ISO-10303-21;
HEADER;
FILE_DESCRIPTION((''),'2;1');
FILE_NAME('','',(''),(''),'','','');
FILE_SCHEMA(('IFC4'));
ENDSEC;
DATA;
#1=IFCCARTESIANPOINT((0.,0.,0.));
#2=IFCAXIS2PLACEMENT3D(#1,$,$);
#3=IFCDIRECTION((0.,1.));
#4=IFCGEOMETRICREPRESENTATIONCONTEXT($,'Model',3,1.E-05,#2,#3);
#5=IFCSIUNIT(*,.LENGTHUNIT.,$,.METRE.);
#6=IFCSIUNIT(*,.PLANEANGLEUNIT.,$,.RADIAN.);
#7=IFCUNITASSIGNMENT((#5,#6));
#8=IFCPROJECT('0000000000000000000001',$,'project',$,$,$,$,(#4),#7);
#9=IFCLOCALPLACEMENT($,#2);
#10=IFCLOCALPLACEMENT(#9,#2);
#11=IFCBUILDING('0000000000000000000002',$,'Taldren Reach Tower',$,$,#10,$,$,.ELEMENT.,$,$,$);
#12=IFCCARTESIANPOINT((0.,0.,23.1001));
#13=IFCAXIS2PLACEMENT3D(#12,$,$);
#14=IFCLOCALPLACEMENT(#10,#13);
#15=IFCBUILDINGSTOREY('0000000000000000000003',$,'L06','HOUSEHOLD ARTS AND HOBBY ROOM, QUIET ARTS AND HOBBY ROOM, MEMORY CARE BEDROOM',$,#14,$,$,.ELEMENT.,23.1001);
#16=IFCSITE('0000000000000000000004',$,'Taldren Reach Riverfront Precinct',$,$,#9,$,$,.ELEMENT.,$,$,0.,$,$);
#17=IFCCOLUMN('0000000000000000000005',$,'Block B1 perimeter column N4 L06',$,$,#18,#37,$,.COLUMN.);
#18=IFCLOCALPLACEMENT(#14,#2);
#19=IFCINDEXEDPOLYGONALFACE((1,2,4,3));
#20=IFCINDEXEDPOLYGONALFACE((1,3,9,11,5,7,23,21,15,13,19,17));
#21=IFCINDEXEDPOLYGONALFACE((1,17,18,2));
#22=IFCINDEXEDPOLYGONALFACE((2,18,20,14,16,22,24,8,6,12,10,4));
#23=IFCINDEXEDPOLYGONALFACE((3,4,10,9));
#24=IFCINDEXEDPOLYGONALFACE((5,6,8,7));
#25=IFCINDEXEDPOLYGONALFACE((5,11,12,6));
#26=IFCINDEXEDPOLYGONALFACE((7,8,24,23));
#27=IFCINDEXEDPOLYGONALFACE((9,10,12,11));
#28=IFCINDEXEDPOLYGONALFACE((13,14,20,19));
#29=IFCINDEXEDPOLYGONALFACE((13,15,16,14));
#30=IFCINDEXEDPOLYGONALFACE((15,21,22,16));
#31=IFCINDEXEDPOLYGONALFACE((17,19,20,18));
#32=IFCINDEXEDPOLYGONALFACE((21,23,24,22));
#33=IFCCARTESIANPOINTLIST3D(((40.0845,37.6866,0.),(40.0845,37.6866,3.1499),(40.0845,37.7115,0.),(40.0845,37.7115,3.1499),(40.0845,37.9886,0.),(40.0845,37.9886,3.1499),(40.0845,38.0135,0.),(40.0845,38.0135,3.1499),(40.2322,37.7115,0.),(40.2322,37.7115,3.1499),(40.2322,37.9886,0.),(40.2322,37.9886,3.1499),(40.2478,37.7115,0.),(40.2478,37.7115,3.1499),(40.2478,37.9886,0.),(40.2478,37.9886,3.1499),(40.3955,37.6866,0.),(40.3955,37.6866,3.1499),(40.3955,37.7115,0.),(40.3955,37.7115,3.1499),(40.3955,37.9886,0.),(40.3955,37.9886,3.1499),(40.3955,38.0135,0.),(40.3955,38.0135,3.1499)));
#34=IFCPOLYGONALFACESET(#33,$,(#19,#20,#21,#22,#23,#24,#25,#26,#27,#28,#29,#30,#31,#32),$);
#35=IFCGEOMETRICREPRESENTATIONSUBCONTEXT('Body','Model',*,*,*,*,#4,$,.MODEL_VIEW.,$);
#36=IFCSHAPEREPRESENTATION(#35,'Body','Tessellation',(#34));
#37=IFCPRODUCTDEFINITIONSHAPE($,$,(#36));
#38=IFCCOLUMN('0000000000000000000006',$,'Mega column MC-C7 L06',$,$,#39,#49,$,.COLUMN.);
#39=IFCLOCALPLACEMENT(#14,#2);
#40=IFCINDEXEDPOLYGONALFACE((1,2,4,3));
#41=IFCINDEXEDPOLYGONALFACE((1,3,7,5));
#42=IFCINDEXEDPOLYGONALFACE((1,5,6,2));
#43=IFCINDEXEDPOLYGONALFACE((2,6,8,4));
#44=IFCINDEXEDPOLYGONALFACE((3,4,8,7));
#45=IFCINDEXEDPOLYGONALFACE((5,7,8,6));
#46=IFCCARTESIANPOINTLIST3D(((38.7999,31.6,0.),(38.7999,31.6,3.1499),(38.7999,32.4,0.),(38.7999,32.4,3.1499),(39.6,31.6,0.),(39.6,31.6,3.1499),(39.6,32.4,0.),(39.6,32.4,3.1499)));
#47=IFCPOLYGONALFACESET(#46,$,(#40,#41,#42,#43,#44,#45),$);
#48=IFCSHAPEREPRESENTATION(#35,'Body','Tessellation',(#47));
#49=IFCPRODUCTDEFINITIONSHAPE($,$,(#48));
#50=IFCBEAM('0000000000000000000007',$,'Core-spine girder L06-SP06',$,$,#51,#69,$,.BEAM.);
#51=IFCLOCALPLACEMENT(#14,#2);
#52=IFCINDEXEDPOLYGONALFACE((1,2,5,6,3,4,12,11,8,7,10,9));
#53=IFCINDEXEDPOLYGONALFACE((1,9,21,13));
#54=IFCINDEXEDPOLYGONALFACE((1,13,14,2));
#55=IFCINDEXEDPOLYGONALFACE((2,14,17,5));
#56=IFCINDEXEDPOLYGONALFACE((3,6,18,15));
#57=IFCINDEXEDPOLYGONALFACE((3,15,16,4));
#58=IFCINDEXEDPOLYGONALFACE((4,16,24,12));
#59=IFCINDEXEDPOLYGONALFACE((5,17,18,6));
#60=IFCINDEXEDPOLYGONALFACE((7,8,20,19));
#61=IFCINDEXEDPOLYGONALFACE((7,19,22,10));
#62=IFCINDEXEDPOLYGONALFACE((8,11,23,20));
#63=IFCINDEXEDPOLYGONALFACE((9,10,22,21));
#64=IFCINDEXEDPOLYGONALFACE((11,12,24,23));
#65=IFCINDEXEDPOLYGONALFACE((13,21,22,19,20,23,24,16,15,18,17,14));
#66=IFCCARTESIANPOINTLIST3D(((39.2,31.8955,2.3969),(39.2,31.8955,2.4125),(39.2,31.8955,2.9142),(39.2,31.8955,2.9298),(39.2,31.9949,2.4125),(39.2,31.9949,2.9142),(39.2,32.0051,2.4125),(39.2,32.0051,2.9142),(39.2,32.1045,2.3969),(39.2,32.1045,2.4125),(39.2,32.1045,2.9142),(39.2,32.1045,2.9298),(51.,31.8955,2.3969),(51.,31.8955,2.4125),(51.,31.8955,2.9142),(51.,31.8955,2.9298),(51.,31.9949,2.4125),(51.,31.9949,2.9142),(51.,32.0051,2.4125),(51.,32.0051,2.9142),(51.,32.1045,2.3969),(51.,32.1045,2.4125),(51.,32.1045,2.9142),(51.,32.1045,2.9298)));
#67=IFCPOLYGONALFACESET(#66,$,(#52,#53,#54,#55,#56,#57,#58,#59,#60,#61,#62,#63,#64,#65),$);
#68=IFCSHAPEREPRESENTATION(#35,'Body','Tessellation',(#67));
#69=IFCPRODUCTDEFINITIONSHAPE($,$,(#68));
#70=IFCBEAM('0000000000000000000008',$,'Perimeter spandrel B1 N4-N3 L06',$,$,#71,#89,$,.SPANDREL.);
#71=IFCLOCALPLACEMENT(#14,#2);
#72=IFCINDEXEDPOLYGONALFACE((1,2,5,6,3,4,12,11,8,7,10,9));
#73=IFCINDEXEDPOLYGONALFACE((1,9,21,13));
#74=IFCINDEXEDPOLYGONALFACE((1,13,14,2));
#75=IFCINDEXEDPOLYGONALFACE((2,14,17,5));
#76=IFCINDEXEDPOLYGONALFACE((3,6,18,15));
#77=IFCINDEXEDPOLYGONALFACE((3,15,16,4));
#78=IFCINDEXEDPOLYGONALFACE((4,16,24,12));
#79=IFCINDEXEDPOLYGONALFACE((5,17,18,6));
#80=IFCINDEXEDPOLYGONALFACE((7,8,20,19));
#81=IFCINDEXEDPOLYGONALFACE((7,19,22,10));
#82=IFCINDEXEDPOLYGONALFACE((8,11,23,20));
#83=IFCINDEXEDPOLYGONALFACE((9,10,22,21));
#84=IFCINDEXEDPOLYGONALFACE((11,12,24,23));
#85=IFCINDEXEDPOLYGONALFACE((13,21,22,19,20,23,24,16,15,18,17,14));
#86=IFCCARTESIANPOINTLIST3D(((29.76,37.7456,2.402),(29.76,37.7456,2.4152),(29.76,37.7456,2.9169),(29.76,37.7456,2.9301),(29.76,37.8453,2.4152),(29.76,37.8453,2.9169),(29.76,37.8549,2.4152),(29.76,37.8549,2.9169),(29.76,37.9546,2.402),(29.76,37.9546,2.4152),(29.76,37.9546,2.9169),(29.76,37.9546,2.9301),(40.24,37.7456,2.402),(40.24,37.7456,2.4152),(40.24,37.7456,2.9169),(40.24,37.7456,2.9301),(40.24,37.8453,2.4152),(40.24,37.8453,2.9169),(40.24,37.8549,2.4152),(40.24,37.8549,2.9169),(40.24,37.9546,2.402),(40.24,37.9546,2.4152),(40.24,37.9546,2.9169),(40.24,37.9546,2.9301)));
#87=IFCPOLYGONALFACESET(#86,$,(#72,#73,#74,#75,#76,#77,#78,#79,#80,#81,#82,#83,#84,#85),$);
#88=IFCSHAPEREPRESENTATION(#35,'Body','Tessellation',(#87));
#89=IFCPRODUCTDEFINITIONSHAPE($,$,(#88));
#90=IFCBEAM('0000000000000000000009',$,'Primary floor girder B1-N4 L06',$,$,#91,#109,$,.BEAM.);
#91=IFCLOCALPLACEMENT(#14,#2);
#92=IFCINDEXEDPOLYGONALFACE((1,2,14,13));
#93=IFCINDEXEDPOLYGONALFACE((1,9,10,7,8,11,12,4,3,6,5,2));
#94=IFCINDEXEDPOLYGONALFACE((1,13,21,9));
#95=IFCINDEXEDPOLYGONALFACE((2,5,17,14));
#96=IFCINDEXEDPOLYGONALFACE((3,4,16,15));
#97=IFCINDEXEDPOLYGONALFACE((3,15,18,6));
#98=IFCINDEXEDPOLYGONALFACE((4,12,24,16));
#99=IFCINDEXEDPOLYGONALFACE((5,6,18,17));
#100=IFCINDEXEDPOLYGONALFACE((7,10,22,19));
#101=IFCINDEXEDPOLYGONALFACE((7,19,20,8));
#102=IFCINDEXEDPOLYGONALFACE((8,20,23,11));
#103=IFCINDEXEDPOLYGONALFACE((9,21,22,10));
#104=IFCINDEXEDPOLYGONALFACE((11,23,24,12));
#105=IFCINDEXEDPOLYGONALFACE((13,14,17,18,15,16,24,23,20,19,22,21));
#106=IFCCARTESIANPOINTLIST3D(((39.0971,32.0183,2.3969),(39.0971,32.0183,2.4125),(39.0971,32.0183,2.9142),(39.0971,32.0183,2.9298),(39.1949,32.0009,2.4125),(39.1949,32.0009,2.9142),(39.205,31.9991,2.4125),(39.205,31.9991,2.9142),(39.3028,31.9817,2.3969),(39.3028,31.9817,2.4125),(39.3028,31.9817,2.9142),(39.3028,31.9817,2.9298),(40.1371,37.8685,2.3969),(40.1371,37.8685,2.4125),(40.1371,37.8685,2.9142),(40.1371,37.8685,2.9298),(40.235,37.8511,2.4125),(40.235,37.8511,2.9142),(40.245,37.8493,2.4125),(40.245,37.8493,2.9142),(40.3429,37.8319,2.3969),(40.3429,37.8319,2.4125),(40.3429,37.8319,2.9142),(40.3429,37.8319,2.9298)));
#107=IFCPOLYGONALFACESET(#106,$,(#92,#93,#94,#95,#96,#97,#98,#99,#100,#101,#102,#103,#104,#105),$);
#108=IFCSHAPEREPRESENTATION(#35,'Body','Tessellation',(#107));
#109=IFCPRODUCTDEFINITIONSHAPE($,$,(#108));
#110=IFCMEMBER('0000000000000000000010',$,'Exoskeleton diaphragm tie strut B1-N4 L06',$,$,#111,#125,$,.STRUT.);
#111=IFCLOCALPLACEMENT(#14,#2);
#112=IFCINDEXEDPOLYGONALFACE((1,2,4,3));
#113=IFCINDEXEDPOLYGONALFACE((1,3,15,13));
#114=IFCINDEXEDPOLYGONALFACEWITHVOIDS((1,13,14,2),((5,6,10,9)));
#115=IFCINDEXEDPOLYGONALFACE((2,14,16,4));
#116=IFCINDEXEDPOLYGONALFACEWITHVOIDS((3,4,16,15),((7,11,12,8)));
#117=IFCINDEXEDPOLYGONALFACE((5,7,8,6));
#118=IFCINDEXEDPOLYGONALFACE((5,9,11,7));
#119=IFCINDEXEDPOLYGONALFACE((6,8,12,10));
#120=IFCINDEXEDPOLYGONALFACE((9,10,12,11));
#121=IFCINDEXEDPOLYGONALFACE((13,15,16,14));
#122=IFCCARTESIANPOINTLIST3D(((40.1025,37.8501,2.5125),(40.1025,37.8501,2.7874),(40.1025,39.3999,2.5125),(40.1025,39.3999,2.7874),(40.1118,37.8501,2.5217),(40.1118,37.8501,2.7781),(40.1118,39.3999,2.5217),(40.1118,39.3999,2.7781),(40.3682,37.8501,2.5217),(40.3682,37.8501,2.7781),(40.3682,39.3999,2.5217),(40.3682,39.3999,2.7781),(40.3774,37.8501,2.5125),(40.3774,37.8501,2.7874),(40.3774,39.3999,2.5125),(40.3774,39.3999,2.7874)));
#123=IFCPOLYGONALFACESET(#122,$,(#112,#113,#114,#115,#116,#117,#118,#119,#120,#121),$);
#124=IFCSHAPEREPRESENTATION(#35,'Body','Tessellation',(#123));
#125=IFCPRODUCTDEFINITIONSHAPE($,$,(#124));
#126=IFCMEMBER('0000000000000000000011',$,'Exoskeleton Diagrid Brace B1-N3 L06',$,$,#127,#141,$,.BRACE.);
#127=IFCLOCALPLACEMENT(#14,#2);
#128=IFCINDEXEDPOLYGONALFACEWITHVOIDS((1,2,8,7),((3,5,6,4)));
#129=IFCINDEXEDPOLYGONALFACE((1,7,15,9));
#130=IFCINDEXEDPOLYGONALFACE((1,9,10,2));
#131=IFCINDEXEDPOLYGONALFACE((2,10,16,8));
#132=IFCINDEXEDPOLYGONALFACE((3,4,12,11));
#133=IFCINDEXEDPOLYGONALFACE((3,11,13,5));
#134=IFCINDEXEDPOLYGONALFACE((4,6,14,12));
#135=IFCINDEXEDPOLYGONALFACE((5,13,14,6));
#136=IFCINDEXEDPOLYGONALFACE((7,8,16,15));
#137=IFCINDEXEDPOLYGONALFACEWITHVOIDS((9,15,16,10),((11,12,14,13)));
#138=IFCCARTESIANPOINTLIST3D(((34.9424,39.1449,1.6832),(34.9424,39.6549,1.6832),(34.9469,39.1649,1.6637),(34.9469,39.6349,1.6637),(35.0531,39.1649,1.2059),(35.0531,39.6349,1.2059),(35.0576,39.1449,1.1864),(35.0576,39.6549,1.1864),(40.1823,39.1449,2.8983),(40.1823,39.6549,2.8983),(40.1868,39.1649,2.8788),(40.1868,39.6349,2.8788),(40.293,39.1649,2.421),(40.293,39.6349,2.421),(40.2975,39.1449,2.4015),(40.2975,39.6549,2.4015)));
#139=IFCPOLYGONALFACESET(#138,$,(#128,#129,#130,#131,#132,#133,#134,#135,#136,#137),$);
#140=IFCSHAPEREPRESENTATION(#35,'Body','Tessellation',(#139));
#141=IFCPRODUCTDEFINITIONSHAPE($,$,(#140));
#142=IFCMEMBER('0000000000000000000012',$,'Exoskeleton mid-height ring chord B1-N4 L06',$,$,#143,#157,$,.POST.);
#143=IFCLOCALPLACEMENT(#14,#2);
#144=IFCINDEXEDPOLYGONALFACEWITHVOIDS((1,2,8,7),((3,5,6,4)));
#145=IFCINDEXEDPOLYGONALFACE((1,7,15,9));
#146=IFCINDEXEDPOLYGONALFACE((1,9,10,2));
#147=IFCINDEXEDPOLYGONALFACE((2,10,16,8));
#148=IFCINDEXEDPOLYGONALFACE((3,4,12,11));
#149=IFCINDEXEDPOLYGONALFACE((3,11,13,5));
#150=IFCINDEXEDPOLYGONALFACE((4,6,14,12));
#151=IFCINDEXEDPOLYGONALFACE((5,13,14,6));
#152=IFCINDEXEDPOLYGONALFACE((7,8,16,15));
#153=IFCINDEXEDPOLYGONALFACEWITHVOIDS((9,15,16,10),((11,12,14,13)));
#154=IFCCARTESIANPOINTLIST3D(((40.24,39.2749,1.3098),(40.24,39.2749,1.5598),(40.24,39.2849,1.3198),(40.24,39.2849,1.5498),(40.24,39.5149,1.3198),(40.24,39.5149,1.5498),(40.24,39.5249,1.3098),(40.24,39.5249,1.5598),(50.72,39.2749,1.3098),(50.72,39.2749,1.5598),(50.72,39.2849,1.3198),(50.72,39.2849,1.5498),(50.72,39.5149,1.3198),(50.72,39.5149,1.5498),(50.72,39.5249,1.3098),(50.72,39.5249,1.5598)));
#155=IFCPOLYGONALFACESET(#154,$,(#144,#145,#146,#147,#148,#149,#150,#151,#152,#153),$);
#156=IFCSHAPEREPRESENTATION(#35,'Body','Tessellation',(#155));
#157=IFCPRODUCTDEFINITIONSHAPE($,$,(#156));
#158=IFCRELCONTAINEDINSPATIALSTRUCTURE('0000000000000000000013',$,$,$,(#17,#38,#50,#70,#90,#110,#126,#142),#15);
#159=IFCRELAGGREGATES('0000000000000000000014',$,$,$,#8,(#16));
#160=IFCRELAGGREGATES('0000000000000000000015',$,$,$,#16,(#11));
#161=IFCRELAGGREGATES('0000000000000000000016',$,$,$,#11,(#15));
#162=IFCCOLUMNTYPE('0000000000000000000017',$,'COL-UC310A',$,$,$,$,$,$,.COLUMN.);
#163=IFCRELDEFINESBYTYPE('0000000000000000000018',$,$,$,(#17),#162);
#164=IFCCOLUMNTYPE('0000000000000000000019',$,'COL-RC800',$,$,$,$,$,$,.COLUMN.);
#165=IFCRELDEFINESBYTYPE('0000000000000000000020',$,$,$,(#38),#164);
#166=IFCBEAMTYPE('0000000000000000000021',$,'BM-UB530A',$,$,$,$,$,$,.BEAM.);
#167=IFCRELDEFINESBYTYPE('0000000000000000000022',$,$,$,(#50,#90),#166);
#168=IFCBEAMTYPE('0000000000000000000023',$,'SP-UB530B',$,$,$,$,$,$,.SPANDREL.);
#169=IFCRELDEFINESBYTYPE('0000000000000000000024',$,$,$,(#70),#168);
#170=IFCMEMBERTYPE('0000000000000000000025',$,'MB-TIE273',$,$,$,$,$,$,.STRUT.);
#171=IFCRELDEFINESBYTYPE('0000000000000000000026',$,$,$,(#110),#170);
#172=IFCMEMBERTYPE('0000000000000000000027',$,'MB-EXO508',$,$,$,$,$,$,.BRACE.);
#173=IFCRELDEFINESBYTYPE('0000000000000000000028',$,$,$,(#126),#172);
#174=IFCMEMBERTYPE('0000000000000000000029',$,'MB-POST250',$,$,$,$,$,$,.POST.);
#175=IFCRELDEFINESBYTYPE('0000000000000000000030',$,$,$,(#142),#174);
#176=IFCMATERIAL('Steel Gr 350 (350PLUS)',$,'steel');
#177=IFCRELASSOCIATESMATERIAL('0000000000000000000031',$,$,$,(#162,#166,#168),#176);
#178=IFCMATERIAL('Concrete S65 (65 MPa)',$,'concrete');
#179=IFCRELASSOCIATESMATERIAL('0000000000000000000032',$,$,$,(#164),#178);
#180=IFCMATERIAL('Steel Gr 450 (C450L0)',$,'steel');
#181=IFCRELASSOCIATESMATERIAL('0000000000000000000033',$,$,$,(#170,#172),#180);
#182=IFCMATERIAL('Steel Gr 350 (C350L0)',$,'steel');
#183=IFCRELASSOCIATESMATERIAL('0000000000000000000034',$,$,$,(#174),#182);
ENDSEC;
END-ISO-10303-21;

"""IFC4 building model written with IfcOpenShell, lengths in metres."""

from ifc_helpers import new_model, si_unit, direction, frame, origin, origin_2d, place, context, subcontext, project, spatial, rectangle, hollow_rectangle, i_section, extrude, source, transform, mapped, material, material_profile, profile_set, type_object, element, save


model = new_model("IFC4")

# Units and contexts
model_context = context("Model", 3, precision=1e-05, world=origin(), true_north=direction((0.0, 1.0)))
body_context = subcontext(model_context, "Body", "Model", "MODEL_VIEW")
ifc_project = project(units=[si_unit("LENGTHUNIT", "METRE"), si_unit("PLANEANGLEUNIT", "RADIAN")], contexts=[model_context])

# Site, building, storey
site_placement = place(None, origin())
site = spatial("IfcSite", under=ifc_project, at=site_placement, Name="Taldren Reach Riverfront Precinct", CompositionType="ELEMENT", RefElevation=0.0)
building_placement = place(site_placement, origin())
building = spatial("IfcBuilding", under=site, at=building_placement, Name="Taldren Reach Tower", CompositionType="ELEMENT")
storey_placement = place(building_placement, frame((0.0, 0.0, 23.1001)))
storey = spatial("IfcBuildingStorey", under=building, at=storey_placement, Name="L06", Description="HOUSEHOLD ARTS AND HOBBY ROOM, QUIET ARTS AND HOBBY ROOM, MEMORY CARE BEDROOM", CompositionType="ELEMENT", Elevation=23.1001)

# Columns
ifc_material_1 = material(Name="Steel Gr 350 (350PLUS)", Category="steel")
ifc_material_profile_1 = material_profile(ifc_material_1, i_section(OverallWidth=0.311, OverallDepth=0.3269, WebThickness=0.0156, FlangeThickness=0.0249, at=origin_2d()), Name="310UC158")
ifc_profile_set_1 = profile_set([ifc_material_profile_1], Name="Steel Gr 350 (350PLUS)")
column_type_1 = type_object("IfcColumnType", Name="COL-UC310A", PredefinedType="COLUMN", material=ifc_profile_set_1)
shared_shape_1 = source(origin(), body_context, "Body", "SweptSolid", [
    extrude(i_section(OverallWidth=0.311, OverallDepth=0.3269, WebThickness=0.0156, FlangeThickness=0.0249, at=origin_2d()), origin(), (0.0, 0.0, 1.0), 3.1499),
])
column_1_placement = place(storey_placement, frame((40.24, 37.8501, 0.0), z_axis=(0.0, 0.0, 1.0), x_axis=(1.0, 0.0, 0.0)))
element("IfcColumn", 1, at=column_1_placement, inside=storey, type_object=column_type_1, Name="Block B1 perimeter column N4 L06", PredefinedType="COLUMN", context=body_context, shape_type="MappedRepresentation", body=[
    mapped(shared_shape_1, transform((0.0, 0.0, 0.0), scale=1.0)),
])
ifc_material_2 = material(Name="Concrete S65 (65 MPa)", Category="concrete")
ifc_material_profile_2 = material_profile(ifc_material_2, rectangle(XDim=0.8, YDim=0.8, at=origin_2d()), Name="RC-800x800")
ifc_profile_set_2 = profile_set([ifc_material_profile_2], Name="Concrete S65 (65 MPa)")
column_type_2 = type_object("IfcColumnType", Name="COL-RC800", PredefinedType="COLUMN", material=ifc_profile_set_2)
shared_shape_2 = source(origin(), body_context, "Body", "SweptSolid", [
    extrude(rectangle(XDim=0.8, YDim=0.8, at=origin_2d()), origin(), (0.0, 0.0, 1.0), 3.1499),
])
column_2_placement = place(storey_placement, frame((39.2, 32.0, 0.0), z_axis=(0.0, 0.0, 1.0), x_axis=(1.0, 0.0, 0.0)))
element("IfcColumn", 2, at=column_2_placement, inside=storey, type_object=column_type_2, Name="Mega column MC-C7 L06", PredefinedType="COLUMN", context=body_context, shape_type="MappedRepresentation", body=[
    mapped(shared_shape_2, transform((0.0, 0.0, 0.0), scale=1.0)),
])

# Beams
ifc_material_profile_3 = material_profile(ifc_material_1, i_section(OverallWidth=0.209, OverallDepth=0.533, WebThickness=0.0103, FlangeThickness=0.0156, at=origin_2d()), Name="530UB92.4")
ifc_profile_set_3 = profile_set([ifc_material_profile_3], Name="Steel Gr 350 (350PLUS)")
beam_type_1 = type_object("IfcBeamType", Name="BM-UB530A", PredefinedType="BEAM", material=ifc_profile_set_3)
shared_shape_3 = source(origin(), body_context, "Body", "SweptSolid", [
    extrude(i_section(OverallWidth=0.209, OverallDepth=0.533, WebThickness=0.0103, FlangeThickness=0.0156, at=origin_2d()), origin(), (0.0, 0.0, 1.0), 11.8),
])
beam_1_placement = place(storey_placement, frame((39.2, 32.0, 2.6633), z_axis=(1.0, 0.0, 0.0), x_axis=(0.0, 1.0, 0.0)))
element("IfcBeam", 3, at=beam_1_placement, inside=storey, type_object=beam_type_1, Name="Core-spine girder L06-SP06", PredefinedType="BEAM", context=body_context, shape_type="MappedRepresentation", body=[
    mapped(shared_shape_3, transform((0.0, 0.0, 0.0), scale=1.0)),
])
ifc_material_profile_4 = material_profile(ifc_material_1, i_section(OverallWidth=0.209, OverallDepth=0.5281, WebThickness=0.0095, FlangeThickness=0.0132, at=origin_2d()), Name="530UB82.0")
ifc_profile_set_4 = profile_set([ifc_material_profile_4], Name="Steel Gr 350 (350PLUS)")
beam_type_2 = type_object("IfcBeamType", Name="SP-UB530B", PredefinedType="SPANDREL", material=ifc_profile_set_4)
shared_shape_4 = source(origin(), body_context, "Body", "SweptSolid", [
    extrude(i_section(OverallWidth=0.209, OverallDepth=0.5281, WebThickness=0.0095, FlangeThickness=0.0132, at=origin_2d()), origin(), (0.0, 0.0, 1.0), 10.48),
])
beam_2_placement = place(storey_placement, frame((40.24, 37.8501, 2.666), z_axis=(-1.0, 0.0, 0.0), x_axis=(0.0, -1.0, 0.0)))
element("IfcBeam", 4, at=beam_2_placement, inside=storey, type_object=beam_type_2, Name="Perimeter spandrel B1 N4-N3 L06", PredefinedType="SPANDREL", context=body_context, shape_type="MappedRepresentation", body=[
    mapped(shared_shape_4, transform((0.0, 0.0, 0.0), scale=1.0)),
])
shared_shape_5 = source(origin(), body_context, "Body", "SweptSolid", [
    extrude(i_section(OverallWidth=0.209, OverallDepth=0.533, WebThickness=0.0103, FlangeThickness=0.0156, at=origin_2d()), origin(), (0.0, 0.0, 1.0), 5.9419),
])
beam_3_placement = place(storey_placement, frame((39.2, 32.0, 2.6633), z_axis=(0.175037, 0.984562, 0.0), x_axis=(-0.984562, 0.175037, 0.0)))
element("IfcBeam", 5, at=beam_3_placement, inside=storey, type_object=beam_type_1, Name="Primary floor girder B1-N4 L06", PredefinedType="BEAM", context=body_context, shape_type="MappedRepresentation", body=[
    mapped(shared_shape_5, transform((0.0, 0.0, 0.0), scale=1.0)),
])

# Members
ifc_material_3 = material(Name="Steel Gr 450 (C450L0)", Category="steel")
ifc_material_profile_5 = material_profile(ifc_material_3, hollow_rectangle(XDim=0.2749, YDim=0.2749, WallThickness=0.0093, at=origin_2d()), Name="275x275x9.3SHS")
ifc_profile_set_5 = profile_set([ifc_material_profile_5], Name="Steel Gr 450 (C450L0)")
member_type_1 = type_object("IfcMemberType", Name="MB-TIE273", PredefinedType="STRUT", material=ifc_profile_set_5)
shared_shape_6 = source(origin(), body_context, "Body", "SweptSolid", [
    extrude(hollow_rectangle(XDim=0.2749, YDim=0.2749, WallThickness=0.0093, at=origin_2d()), origin(), (0.0, 0.0, 1.0), 1.5498),
])
member_1_placement = place(storey_placement, frame((40.24, 37.8501, 2.6499), z_axis=(0.0, 1.0, 0.0), x_axis=(-1.0, 0.0, 0.0)))
element("IfcMember", 6, at=member_1_placement, inside=storey, type_object=member_type_1, Name="Exoskeleton diaphragm tie strut B1-N4 L06", PredefinedType="STRUT", context=body_context, shape_type="MappedRepresentation", body=[
    mapped(shared_shape_6, transform((0.0, 0.0, 0.0), scale=1.0)),
])
ifc_material_profile_6 = material_profile(ifc_material_3, hollow_rectangle(XDim=0.51, YDim=0.51, WallThickness=0.02, at=origin_2d()), Name="510x510x20.0SHS")
ifc_profile_set_6 = profile_set([ifc_material_profile_6], Name="Steel Gr 450 (C450L0)")
member_type_2 = type_object("IfcMemberType", Name="MB-EXO508", PredefinedType="BRACE", material=ifc_profile_set_6)
shared_shape_7 = source(origin(), body_context, "Body", "SweptSolid", [
    extrude(hollow_rectangle(XDim=0.51, YDim=0.51, WallThickness=0.02, at=origin_2d()), origin(), (0.0, 0.0, 1.0), 5.3789),
])
member_2_placement = place(storey_placement, frame((35.0, 39.3999, 1.4348), z_axis=(0.974152, 0.0, 0.225894), x_axis=(0.0, 1.0, 0.0)))
element("IfcMember", 7, at=member_2_placement, inside=storey, type_object=member_type_2, Name="Exoskeleton Diagrid Brace B1-N3 L06", PredefinedType="BRACE", context=body_context, shape_type="MappedRepresentation", body=[
    mapped(shared_shape_7, transform((0.0, 0.0, 0.0), scale=1.0)),
])
ifc_material_4 = material(Name="Steel Gr 350 (C350L0)", Category="steel")
ifc_material_profile_7 = material_profile(ifc_material_4, hollow_rectangle(XDim=0.25, YDim=0.25, WallThickness=0.01, at=origin_2d()), Name="250x250x10.0SHS")
ifc_profile_set_7 = profile_set([ifc_material_profile_7], Name="Steel Gr 350 (C350L0)")
member_type_3 = type_object("IfcMemberType", Name="MB-POST250", PredefinedType="POST", material=ifc_profile_set_7)
shared_shape_8 = source(origin(), body_context, "Body", "SweptSolid", [
    extrude(hollow_rectangle(XDim=0.25, YDim=0.25, WallThickness=0.01, at=origin_2d()), origin(), (0.0, 0.0, 1.0), 10.48),
])
member_3_placement = place(storey_placement, frame((40.24, 39.3999, 1.4348), z_axis=(1.0, 0.0, 0.0), x_axis=(0.0, 1.0, 0.0)))
element("IfcMember", 8, at=member_3_placement, inside=storey, type_object=member_type_3, Name="Exoskeleton mid-height ring chord B1-N4 L06", PredefinedType="POST", context=body_context, shape_type="MappedRepresentation", body=[
    mapped(shared_shape_8, transform((0.0, 0.0, 0.0), scale=1.0)),
])

save(model, "model.ifc")
